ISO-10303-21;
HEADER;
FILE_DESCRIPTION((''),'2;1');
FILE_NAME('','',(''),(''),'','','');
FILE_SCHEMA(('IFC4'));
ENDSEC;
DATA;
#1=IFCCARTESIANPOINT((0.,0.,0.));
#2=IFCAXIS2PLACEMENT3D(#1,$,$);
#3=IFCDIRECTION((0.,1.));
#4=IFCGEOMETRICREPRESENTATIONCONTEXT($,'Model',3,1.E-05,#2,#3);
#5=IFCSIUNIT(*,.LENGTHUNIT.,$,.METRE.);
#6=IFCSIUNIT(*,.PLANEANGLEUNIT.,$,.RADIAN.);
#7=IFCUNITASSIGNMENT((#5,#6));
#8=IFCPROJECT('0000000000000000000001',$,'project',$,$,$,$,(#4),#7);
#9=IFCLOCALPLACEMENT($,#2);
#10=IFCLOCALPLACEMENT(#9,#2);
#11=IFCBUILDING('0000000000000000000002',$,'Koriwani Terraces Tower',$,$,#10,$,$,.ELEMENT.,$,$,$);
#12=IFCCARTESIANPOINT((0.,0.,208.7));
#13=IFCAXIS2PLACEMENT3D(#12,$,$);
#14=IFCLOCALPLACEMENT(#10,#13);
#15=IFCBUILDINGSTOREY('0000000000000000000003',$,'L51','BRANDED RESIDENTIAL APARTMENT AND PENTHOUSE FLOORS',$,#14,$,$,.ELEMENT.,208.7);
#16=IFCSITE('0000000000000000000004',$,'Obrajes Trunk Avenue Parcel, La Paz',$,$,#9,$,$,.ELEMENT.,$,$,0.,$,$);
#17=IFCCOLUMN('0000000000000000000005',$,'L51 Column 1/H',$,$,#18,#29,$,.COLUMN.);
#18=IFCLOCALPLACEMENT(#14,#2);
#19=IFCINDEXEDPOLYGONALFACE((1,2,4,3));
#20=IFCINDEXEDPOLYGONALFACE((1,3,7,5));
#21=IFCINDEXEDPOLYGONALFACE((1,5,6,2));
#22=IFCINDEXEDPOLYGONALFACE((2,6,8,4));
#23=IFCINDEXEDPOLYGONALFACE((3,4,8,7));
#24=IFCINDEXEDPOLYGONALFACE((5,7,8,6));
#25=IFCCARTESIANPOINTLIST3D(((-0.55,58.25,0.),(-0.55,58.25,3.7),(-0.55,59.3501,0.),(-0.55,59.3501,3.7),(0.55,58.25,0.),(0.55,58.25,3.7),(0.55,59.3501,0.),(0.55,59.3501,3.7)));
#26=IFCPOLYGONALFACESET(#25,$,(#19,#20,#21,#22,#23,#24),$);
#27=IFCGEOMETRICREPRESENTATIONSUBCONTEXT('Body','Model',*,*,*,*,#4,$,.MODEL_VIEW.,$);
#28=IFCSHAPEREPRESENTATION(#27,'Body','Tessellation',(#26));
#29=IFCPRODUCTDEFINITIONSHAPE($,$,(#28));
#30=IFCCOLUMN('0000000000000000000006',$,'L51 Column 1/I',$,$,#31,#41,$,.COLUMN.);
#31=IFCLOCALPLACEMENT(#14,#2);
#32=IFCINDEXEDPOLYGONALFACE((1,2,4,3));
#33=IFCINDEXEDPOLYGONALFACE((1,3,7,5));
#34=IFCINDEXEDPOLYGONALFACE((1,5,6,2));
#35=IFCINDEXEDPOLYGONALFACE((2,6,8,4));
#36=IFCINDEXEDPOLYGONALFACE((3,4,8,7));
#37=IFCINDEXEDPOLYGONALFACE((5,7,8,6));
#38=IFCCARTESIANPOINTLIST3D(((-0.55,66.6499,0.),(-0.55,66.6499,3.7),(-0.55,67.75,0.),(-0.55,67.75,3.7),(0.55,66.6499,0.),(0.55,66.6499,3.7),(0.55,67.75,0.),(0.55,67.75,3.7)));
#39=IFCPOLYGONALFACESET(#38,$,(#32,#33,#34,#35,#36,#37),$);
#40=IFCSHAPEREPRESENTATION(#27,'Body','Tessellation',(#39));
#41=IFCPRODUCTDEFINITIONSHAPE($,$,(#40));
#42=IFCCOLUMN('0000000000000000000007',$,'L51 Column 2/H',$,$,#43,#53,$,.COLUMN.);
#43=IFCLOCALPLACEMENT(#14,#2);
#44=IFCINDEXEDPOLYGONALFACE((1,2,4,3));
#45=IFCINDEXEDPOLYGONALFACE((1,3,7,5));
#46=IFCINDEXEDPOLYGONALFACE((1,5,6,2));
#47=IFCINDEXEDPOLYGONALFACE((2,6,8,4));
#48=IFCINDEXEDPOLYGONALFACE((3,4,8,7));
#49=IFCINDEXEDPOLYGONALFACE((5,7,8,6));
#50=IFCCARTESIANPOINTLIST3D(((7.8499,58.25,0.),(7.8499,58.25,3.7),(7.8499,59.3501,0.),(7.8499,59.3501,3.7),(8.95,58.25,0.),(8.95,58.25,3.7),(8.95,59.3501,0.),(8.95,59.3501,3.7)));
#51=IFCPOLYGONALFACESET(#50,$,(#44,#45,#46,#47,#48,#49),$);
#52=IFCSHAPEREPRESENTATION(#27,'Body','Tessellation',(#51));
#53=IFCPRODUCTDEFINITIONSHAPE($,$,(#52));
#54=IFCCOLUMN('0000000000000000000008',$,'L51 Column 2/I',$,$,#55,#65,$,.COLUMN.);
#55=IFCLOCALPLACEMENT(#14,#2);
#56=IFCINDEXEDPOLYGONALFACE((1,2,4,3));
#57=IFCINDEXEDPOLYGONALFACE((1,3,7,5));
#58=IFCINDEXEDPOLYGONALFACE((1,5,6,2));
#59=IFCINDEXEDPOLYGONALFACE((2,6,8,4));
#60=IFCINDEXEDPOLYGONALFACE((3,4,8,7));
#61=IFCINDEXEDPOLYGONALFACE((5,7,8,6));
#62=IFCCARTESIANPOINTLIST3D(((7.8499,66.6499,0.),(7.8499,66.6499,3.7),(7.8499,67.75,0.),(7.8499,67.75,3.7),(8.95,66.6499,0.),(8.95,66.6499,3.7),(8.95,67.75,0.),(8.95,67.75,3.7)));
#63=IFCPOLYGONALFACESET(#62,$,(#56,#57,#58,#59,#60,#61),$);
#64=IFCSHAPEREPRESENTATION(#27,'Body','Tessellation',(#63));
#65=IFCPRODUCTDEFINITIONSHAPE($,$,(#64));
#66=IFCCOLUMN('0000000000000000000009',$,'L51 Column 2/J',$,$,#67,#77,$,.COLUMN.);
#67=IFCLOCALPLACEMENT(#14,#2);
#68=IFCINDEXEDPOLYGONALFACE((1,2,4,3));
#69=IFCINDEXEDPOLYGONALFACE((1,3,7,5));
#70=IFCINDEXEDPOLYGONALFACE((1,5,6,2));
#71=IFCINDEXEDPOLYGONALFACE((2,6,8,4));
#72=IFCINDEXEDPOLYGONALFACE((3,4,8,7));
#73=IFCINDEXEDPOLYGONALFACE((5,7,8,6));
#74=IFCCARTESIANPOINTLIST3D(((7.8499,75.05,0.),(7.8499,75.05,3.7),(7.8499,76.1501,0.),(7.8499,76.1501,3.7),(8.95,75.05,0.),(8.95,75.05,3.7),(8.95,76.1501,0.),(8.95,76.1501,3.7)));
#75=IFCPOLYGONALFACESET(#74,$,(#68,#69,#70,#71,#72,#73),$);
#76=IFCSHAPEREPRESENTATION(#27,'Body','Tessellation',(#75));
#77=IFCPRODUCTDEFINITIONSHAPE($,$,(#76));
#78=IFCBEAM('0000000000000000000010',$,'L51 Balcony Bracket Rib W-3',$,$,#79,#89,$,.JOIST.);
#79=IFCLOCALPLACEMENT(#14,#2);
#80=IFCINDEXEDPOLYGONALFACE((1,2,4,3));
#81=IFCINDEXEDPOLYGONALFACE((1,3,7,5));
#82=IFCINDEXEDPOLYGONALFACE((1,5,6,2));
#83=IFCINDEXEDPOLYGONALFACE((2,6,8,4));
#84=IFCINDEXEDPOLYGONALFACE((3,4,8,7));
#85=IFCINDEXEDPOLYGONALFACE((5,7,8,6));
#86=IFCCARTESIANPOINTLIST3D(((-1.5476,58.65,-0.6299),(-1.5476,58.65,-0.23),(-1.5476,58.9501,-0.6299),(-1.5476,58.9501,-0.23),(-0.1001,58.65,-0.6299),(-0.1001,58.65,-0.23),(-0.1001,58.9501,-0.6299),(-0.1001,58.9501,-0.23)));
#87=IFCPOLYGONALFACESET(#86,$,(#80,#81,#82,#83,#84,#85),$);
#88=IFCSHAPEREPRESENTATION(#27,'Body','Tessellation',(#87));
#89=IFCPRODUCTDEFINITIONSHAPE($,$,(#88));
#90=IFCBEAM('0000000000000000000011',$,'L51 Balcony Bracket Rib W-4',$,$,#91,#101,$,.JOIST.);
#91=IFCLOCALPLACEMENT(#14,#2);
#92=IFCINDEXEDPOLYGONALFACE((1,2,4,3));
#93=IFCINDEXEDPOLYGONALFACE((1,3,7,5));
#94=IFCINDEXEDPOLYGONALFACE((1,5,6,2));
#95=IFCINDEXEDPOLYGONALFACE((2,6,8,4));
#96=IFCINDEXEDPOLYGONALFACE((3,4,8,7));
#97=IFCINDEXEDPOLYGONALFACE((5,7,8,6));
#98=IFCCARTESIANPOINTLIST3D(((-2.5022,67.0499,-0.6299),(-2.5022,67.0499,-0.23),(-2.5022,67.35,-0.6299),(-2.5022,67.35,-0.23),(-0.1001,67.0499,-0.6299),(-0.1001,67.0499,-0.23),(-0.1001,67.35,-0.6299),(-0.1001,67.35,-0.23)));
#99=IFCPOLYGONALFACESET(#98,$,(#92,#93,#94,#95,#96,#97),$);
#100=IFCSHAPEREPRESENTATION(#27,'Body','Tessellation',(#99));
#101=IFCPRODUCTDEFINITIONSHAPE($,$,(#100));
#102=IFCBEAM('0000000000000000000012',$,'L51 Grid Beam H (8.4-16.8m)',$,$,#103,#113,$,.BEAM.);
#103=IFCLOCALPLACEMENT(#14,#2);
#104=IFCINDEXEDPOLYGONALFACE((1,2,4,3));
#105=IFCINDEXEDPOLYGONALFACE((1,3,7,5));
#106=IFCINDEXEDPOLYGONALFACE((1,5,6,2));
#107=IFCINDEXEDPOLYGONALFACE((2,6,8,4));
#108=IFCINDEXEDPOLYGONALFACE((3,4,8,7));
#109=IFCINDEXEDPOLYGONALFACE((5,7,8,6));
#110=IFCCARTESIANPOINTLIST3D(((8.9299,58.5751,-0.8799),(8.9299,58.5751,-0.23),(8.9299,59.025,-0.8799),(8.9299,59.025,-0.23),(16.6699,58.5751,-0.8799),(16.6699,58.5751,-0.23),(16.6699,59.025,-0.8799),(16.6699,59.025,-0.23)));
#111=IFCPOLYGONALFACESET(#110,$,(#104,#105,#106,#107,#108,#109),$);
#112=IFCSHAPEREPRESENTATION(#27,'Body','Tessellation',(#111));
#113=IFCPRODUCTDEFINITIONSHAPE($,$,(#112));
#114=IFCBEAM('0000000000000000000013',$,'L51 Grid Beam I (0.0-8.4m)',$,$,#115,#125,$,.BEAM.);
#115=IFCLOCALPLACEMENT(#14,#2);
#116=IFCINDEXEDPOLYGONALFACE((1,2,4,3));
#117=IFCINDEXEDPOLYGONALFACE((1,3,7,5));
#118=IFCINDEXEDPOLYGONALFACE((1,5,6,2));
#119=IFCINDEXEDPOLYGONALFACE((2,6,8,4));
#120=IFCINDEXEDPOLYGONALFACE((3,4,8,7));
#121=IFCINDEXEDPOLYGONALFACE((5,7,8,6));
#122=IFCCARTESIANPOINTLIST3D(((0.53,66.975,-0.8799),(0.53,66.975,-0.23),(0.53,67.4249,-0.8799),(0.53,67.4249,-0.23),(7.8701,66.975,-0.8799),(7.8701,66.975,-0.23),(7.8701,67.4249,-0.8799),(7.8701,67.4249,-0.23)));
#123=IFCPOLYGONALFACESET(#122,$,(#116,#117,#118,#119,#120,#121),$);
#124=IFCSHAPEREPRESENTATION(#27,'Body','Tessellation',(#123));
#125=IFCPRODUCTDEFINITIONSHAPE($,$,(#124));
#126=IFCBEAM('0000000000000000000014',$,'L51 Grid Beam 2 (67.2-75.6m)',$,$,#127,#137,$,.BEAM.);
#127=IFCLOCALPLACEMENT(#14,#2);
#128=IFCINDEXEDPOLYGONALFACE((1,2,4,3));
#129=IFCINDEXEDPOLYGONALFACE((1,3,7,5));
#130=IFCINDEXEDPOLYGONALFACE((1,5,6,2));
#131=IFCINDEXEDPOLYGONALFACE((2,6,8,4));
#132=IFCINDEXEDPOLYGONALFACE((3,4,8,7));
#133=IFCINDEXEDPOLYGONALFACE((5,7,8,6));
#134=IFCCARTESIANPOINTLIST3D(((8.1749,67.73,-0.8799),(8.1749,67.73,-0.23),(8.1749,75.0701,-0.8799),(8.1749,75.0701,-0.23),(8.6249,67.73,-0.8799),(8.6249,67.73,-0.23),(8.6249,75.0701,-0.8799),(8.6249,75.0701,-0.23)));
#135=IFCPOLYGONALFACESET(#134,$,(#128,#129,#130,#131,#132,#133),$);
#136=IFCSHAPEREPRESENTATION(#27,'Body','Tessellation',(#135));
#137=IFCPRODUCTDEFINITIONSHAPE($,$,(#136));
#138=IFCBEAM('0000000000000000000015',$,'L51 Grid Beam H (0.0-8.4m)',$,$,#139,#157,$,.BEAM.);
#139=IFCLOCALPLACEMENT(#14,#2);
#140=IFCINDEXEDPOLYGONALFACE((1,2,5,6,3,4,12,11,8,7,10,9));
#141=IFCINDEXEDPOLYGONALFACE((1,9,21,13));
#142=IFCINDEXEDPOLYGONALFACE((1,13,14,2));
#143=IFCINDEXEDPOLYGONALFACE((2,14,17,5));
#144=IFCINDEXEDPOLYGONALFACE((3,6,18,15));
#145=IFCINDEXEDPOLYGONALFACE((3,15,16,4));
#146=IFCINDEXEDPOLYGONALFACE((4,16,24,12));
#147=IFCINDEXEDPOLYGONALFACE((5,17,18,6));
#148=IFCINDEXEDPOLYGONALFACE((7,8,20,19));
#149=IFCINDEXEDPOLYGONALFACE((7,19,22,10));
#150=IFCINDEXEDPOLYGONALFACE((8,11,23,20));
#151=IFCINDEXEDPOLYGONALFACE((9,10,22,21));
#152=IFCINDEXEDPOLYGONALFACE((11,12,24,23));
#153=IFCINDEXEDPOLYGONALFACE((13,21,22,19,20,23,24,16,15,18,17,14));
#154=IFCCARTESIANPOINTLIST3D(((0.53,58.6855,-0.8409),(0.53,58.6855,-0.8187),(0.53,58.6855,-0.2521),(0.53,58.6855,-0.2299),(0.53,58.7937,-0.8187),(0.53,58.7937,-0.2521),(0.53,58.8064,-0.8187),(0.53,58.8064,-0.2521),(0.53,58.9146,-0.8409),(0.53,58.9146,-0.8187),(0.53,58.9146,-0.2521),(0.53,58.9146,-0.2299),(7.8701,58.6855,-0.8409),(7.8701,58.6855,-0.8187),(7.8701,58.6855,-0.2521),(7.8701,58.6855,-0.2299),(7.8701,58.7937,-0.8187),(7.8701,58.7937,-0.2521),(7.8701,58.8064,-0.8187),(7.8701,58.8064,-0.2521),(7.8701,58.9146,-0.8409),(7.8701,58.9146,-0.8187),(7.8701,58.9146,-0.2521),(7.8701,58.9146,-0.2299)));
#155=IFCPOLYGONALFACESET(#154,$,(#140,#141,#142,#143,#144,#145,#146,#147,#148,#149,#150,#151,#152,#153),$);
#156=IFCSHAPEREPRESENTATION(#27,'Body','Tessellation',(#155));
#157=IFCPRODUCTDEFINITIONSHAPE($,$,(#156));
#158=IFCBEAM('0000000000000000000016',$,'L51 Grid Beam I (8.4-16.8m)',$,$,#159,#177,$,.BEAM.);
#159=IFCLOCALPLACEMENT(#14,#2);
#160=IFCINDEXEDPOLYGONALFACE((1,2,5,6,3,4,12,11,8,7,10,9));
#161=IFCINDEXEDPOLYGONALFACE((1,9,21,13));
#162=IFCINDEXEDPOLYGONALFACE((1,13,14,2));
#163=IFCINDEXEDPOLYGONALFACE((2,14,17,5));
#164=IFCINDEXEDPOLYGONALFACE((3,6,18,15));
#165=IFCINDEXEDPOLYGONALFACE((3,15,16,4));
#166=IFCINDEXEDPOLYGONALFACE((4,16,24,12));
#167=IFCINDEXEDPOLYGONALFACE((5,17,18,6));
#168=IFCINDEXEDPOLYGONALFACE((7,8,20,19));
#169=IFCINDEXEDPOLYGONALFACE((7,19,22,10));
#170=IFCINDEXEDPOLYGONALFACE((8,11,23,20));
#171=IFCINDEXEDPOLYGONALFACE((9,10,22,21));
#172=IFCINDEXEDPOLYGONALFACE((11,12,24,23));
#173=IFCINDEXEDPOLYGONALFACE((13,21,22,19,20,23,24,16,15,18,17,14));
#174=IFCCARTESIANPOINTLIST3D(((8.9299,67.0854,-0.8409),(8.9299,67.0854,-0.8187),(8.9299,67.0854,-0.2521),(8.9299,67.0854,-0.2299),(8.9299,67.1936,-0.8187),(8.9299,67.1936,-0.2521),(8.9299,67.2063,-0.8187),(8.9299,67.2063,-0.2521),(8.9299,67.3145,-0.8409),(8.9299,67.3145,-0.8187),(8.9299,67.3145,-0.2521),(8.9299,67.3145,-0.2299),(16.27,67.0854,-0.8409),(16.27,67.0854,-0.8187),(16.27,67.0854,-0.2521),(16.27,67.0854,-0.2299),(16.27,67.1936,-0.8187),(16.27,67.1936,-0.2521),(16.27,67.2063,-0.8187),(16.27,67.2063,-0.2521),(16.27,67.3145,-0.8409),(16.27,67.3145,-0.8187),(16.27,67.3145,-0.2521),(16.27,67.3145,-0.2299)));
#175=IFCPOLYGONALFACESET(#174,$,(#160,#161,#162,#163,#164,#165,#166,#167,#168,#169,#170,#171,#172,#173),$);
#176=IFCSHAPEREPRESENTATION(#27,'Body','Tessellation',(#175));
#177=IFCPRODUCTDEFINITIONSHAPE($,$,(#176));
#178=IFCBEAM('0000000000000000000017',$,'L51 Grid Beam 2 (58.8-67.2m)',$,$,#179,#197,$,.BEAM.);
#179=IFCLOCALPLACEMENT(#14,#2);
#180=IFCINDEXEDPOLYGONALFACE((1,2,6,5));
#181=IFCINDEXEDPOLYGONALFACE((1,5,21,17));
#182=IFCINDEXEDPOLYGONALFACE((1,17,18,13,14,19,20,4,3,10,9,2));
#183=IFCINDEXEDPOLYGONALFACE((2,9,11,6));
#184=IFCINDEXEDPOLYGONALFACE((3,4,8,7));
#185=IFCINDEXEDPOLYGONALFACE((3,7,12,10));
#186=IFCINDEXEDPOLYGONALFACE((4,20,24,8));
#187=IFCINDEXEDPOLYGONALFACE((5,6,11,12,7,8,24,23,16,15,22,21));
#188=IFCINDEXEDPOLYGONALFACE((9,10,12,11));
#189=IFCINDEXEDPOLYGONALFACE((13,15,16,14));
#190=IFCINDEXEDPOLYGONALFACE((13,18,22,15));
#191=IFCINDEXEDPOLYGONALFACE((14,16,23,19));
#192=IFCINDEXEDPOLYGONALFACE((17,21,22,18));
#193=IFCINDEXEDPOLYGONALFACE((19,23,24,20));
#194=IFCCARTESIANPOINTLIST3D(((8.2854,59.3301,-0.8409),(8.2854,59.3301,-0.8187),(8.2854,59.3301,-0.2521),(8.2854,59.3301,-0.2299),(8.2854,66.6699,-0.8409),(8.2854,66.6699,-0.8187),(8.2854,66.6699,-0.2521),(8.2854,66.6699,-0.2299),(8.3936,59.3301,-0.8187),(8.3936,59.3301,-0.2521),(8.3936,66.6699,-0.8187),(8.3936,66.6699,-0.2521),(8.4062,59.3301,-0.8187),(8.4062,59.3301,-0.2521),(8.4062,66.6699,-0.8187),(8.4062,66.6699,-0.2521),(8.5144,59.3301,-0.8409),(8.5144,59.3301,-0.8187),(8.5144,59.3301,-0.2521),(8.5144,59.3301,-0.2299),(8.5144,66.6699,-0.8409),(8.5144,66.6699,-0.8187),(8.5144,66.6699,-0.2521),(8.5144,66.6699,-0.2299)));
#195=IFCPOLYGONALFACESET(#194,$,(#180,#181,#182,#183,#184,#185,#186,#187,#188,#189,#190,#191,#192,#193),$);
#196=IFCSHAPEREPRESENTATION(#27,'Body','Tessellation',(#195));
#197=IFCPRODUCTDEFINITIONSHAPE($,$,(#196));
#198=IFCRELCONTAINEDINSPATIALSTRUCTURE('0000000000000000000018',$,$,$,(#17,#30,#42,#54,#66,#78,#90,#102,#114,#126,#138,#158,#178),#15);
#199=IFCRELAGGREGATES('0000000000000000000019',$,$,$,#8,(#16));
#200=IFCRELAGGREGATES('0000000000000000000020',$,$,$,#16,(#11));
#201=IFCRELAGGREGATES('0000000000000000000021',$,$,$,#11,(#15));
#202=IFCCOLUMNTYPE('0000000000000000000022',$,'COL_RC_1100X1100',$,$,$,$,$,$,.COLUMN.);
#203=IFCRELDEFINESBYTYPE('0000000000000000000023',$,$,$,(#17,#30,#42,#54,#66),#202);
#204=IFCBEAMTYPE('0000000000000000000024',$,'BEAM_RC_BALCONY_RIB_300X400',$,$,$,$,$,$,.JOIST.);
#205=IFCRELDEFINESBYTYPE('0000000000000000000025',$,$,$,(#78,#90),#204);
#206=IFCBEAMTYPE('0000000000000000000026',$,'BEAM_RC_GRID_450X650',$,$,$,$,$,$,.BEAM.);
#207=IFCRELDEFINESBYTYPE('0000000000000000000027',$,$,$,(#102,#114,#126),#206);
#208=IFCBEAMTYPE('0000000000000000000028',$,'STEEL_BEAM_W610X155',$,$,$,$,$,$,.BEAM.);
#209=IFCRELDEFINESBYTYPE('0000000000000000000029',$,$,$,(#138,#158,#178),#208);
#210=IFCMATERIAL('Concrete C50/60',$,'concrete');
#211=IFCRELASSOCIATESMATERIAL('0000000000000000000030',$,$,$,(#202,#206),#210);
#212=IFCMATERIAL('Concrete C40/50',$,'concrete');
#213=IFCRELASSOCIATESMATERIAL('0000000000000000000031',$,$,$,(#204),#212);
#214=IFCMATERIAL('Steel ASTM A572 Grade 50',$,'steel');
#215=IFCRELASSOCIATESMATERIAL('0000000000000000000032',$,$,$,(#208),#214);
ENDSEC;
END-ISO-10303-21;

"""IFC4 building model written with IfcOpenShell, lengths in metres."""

from ifc_helpers import new_model, si_unit, direction, frame, origin, origin_2d, place, context, subcontext, project, spatial, rectangle, i_section, extrude, material, material_profile, profile_set, type_object, element, save


model = new_model("IFC4")

# Units and contexts
model_context = context("Model", 3, precision=1e-05, world=origin(), true_north=direction((0.0, 1.0)))
body_context = subcontext(model_context, "Body", "Model", "MODEL_VIEW")
ifc_project = project(units=[si_unit("LENGTHUNIT", "METRE"), si_unit("PLANEANGLEUNIT", "RADIAN")], contexts=[model_context])

# Site, building, storey
site_placement = place(None, origin())
site = spatial("IfcSite", under=ifc_project, at=site_placement, Name="Obrajes Trunk Avenue Parcel, La Paz", CompositionType="ELEMENT", RefElevation=0.0)
building_placement = place(site_placement, origin())
building = spatial("IfcBuilding", under=site, at=building_placement, Name="Koriwani Terraces Tower", CompositionType="ELEMENT")
storey_placement = place(building_placement, frame((0.0, 0.0, 208.7)))
storey = spatial("IfcBuildingStorey", under=building, at=storey_placement, Name="L51", Description="BRANDED RESIDENTIAL APARTMENT AND PENTHOUSE FLOORS", CompositionType="ELEMENT", Elevation=208.7)

# Columns
ifc_material_1 = material(Name="Concrete C50/60", Category="concrete")
ifc_material_profile_1 = material_profile(ifc_material_1, rectangle(XDim=1.1001, YDim=1.1001, at=origin_2d()), Name="Concrete C50/60", Category="LoadBearing")
ifc_profile_set_1 = profile_set([ifc_material_profile_1], Name="Concrete C50/60")
column_type = type_object("IfcColumnType", Name="COL_RC_1100X1100", PredefinedType="COLUMN", material=ifc_profile_set_1)
for number, where, z_axis, x_axis, name in (
    (1, (0.0, 58.8, 0.0), (0.0, 0.0, 1.0), (1.0, 0.0, 0.0), "L51 Column 1/H"),
    (2, (0.0, 67.2, 0.0), (0.0, 0.0, 1.0), (1.0, 0.0, 0.0), "L51 Column 1/I"),
    (3, (8.3999, 58.8, 0.0), (0.0, 0.0, 1.0), (1.0, 0.0, 0.0), "L51 Column 2/H"),
    (4, (8.3999, 67.2, 0.0), (0.0, 0.0, 1.0), (1.0, 0.0, 0.0), "L51 Column 2/I"),
    (5, (8.3999, 75.6001, 0.0), (0.0, 0.0, 1.0), (1.0, 0.0, 0.0), "L51 Column 2/J"),
):
    element("IfcColumn", number, at=place(storey_placement, frame(where, z_axis=z_axis, x_axis=x_axis)), inside=storey, type_object=column_type, Name=name, PredefinedType="COLUMN", context=body_context, shape_type="SweptSolid", body=[
        extrude(rectangle(XDim=1.1001, YDim=1.1001, at=origin_2d()), origin(), (0.0, 0.0, 1.0), 3.7),
    ])

# Beams
ifc_material_2 = material(Name="Concrete C40/50", Category="concrete")
ifc_material_profile_2 = material_profile(ifc_material_2, rectangle(XDim=0.3, YDim=0.3999, at=origin_2d()), Name="Concrete C40/50", Category="LoadBearing")
ifc_profile_set_2 = profile_set([ifc_material_profile_2], Name="Concrete C40/50")
beam_type_1 = type_object("IfcBeamType", Name="BEAM_RC_BALCONY_RIB_300X400", PredefinedType="JOIST", material=ifc_profile_set_2)
beam_1_placement = place(storey_placement, frame((-1.5476, 58.8, -0.4299), z_axis=(1.0, 0.0, 0.0), x_axis=(0.0, 1.0, 0.0)))
element("IfcBeam", 6, at=beam_1_placement, inside=storey, type_object=beam_type_1, Name="L51 Balcony Bracket Rib W-3", PredefinedType="JOIST", context=body_context, shape_type="SweptSolid", body=[
    extrude(rectangle(XDim=0.3, YDim=0.3999, at=origin_2d()), origin(), (0.0, 0.0, 1.0), 1.4475),
])
beam_2_placement = place(storey_placement, frame((-2.5022, 67.2, -0.4299), z_axis=(1.0, 0.0, 0.0), x_axis=(0.0, 1.0, 0.0)))
element("IfcBeam", 7, at=beam_2_placement, inside=storey, type_object=beam_type_1, Name="L51 Balcony Bracket Rib W-4", PredefinedType="JOIST", context=body_context, shape_type="SweptSolid", body=[
    extrude(rectangle(XDim=0.3, YDim=0.3999, at=origin_2d()), origin(), (0.0, 0.0, 1.0), 2.4021),
])
ifc_material_profile_3 = material_profile(ifc_material_1, rectangle(XDim=0.45, YDim=0.6499, at=origin_2d()), Name="Concrete C50/60", Category="LoadBearing")
ifc_profile_set_3 = profile_set([ifc_material_profile_3], Name="Concrete C50/60")
beam_type_2 = type_object("IfcBeamType", Name="BEAM_RC_GRID_450X650", PredefinedType="BEAM", material=ifc_profile_set_3)
beam_3_placement = place(storey_placement, frame((8.9299, 58.8, -0.5549), z_axis=(1.0, 0.0, 0.0), x_axis=(0.0, 1.0, 0.0)))
element("IfcBeam", 8, at=beam_3_placement, inside=storey, type_object=beam_type_2, Name="L51 Grid Beam H (8.4-16.8m)", PredefinedType="BEAM", context=body_context, shape_type="SweptSolid", body=[
    extrude(rectangle(XDim=0.45, YDim=0.6499, at=origin_2d()), origin(), (0.0, 0.0, 1.0), 7.74),
])
for number, where, z_axis, x_axis, name in (
    (9, (0.53, 67.2, -0.5549), (1.0, 0.0, 0.0), (0.0, 1.0, 0.0), "L51 Grid Beam I (0.0-8.4m)"),
    (10, (8.3999, 67.73, -0.5549), (0.0, 1.0, 0.0), (-1.0, 0.0, 0.0), "L51 Grid Beam 2 (67.2-75.6m)"),
):
    element("IfcBeam", number, at=place(storey_placement, frame(where, z_axis=z_axis, x_axis=x_axis)), inside=storey, type_object=beam_type_2, Name=name, PredefinedType="BEAM", context=body_context, shape_type="SweptSolid", body=[
        extrude(rectangle(XDim=0.45, YDim=0.6499, at=origin_2d()), origin(), (0.0, 0.0, 1.0), 7.3401),
    ])
ifc_material_3 = material(Name="Steel ASTM A572 Grade 50", Category="steel")
ifc_material_profile_4 = material_profile(ifc_material_3, i_section(OverallWidth=0.229, OverallDepth=0.6111, WebThickness=0.0127, FlangeThickness=0.0222, at=origin_2d()), Name="Steel ASTM A572 Grade 50", Category="LoadBearing")
ifc_profile_set_4 = profile_set([ifc_material_profile_4], Name="Steel ASTM A572 Grade 50")
beam_type_3 = type_object("IfcBeamType", Name="STEEL_BEAM_W610X155", PredefinedType="BEAM", material=ifc_profile_set_4)
for number, where, z_axis, x_axis, name in (
    (11, (0.53, 58.8, -0.5354), (1.0, 0.0, 0.0), (0.0, 1.0, 0.0), "L51 Grid Beam H (0.0-8.4m)"),
    (12, (8.9299, 67.2, -0.5354), (1.0, 0.0, 0.0), (0.0, 1.0, 0.0), "L51 Grid Beam I (8.4-16.8m)"),
):
    element("IfcBeam", number, at=place(storey_placement, frame(where, z_axis=z_axis, x_axis=x_axis)), inside=storey, type_object=beam_type_3, Name=name, PredefinedType="BEAM", context=body_context, shape_type="SweptSolid", body=[
        extrude(i_section(OverallWidth=0.229, OverallDepth=0.6111, WebThickness=0.0127, FlangeThickness=0.0222, at=origin_2d()), origin(), (0.0, 0.0, 1.0), 7.3401),
    ])
beam_4_placement = place(storey_placement, frame((8.3999, 59.3301, -0.5354), z_axis=(0.0, 1.0, 0.0), x_axis=(-1.0, 0.0, 0.0)))
element("IfcBeam", 13, at=beam_4_placement, inside=storey, type_object=beam_type_3, Name="L51 Grid Beam 2 (58.8-67.2m)", PredefinedType="BEAM", context=body_context, shape_type="SweptSolid", body=[
    extrude(i_section(OverallWidth=0.229, OverallDepth=0.6111, WebThickness=0.0127, FlangeThickness=0.0222, at=origin_2d()), origin(), (0.0, 0.0, 1.0), 7.3398),
])

save(model, "model.ifc")
